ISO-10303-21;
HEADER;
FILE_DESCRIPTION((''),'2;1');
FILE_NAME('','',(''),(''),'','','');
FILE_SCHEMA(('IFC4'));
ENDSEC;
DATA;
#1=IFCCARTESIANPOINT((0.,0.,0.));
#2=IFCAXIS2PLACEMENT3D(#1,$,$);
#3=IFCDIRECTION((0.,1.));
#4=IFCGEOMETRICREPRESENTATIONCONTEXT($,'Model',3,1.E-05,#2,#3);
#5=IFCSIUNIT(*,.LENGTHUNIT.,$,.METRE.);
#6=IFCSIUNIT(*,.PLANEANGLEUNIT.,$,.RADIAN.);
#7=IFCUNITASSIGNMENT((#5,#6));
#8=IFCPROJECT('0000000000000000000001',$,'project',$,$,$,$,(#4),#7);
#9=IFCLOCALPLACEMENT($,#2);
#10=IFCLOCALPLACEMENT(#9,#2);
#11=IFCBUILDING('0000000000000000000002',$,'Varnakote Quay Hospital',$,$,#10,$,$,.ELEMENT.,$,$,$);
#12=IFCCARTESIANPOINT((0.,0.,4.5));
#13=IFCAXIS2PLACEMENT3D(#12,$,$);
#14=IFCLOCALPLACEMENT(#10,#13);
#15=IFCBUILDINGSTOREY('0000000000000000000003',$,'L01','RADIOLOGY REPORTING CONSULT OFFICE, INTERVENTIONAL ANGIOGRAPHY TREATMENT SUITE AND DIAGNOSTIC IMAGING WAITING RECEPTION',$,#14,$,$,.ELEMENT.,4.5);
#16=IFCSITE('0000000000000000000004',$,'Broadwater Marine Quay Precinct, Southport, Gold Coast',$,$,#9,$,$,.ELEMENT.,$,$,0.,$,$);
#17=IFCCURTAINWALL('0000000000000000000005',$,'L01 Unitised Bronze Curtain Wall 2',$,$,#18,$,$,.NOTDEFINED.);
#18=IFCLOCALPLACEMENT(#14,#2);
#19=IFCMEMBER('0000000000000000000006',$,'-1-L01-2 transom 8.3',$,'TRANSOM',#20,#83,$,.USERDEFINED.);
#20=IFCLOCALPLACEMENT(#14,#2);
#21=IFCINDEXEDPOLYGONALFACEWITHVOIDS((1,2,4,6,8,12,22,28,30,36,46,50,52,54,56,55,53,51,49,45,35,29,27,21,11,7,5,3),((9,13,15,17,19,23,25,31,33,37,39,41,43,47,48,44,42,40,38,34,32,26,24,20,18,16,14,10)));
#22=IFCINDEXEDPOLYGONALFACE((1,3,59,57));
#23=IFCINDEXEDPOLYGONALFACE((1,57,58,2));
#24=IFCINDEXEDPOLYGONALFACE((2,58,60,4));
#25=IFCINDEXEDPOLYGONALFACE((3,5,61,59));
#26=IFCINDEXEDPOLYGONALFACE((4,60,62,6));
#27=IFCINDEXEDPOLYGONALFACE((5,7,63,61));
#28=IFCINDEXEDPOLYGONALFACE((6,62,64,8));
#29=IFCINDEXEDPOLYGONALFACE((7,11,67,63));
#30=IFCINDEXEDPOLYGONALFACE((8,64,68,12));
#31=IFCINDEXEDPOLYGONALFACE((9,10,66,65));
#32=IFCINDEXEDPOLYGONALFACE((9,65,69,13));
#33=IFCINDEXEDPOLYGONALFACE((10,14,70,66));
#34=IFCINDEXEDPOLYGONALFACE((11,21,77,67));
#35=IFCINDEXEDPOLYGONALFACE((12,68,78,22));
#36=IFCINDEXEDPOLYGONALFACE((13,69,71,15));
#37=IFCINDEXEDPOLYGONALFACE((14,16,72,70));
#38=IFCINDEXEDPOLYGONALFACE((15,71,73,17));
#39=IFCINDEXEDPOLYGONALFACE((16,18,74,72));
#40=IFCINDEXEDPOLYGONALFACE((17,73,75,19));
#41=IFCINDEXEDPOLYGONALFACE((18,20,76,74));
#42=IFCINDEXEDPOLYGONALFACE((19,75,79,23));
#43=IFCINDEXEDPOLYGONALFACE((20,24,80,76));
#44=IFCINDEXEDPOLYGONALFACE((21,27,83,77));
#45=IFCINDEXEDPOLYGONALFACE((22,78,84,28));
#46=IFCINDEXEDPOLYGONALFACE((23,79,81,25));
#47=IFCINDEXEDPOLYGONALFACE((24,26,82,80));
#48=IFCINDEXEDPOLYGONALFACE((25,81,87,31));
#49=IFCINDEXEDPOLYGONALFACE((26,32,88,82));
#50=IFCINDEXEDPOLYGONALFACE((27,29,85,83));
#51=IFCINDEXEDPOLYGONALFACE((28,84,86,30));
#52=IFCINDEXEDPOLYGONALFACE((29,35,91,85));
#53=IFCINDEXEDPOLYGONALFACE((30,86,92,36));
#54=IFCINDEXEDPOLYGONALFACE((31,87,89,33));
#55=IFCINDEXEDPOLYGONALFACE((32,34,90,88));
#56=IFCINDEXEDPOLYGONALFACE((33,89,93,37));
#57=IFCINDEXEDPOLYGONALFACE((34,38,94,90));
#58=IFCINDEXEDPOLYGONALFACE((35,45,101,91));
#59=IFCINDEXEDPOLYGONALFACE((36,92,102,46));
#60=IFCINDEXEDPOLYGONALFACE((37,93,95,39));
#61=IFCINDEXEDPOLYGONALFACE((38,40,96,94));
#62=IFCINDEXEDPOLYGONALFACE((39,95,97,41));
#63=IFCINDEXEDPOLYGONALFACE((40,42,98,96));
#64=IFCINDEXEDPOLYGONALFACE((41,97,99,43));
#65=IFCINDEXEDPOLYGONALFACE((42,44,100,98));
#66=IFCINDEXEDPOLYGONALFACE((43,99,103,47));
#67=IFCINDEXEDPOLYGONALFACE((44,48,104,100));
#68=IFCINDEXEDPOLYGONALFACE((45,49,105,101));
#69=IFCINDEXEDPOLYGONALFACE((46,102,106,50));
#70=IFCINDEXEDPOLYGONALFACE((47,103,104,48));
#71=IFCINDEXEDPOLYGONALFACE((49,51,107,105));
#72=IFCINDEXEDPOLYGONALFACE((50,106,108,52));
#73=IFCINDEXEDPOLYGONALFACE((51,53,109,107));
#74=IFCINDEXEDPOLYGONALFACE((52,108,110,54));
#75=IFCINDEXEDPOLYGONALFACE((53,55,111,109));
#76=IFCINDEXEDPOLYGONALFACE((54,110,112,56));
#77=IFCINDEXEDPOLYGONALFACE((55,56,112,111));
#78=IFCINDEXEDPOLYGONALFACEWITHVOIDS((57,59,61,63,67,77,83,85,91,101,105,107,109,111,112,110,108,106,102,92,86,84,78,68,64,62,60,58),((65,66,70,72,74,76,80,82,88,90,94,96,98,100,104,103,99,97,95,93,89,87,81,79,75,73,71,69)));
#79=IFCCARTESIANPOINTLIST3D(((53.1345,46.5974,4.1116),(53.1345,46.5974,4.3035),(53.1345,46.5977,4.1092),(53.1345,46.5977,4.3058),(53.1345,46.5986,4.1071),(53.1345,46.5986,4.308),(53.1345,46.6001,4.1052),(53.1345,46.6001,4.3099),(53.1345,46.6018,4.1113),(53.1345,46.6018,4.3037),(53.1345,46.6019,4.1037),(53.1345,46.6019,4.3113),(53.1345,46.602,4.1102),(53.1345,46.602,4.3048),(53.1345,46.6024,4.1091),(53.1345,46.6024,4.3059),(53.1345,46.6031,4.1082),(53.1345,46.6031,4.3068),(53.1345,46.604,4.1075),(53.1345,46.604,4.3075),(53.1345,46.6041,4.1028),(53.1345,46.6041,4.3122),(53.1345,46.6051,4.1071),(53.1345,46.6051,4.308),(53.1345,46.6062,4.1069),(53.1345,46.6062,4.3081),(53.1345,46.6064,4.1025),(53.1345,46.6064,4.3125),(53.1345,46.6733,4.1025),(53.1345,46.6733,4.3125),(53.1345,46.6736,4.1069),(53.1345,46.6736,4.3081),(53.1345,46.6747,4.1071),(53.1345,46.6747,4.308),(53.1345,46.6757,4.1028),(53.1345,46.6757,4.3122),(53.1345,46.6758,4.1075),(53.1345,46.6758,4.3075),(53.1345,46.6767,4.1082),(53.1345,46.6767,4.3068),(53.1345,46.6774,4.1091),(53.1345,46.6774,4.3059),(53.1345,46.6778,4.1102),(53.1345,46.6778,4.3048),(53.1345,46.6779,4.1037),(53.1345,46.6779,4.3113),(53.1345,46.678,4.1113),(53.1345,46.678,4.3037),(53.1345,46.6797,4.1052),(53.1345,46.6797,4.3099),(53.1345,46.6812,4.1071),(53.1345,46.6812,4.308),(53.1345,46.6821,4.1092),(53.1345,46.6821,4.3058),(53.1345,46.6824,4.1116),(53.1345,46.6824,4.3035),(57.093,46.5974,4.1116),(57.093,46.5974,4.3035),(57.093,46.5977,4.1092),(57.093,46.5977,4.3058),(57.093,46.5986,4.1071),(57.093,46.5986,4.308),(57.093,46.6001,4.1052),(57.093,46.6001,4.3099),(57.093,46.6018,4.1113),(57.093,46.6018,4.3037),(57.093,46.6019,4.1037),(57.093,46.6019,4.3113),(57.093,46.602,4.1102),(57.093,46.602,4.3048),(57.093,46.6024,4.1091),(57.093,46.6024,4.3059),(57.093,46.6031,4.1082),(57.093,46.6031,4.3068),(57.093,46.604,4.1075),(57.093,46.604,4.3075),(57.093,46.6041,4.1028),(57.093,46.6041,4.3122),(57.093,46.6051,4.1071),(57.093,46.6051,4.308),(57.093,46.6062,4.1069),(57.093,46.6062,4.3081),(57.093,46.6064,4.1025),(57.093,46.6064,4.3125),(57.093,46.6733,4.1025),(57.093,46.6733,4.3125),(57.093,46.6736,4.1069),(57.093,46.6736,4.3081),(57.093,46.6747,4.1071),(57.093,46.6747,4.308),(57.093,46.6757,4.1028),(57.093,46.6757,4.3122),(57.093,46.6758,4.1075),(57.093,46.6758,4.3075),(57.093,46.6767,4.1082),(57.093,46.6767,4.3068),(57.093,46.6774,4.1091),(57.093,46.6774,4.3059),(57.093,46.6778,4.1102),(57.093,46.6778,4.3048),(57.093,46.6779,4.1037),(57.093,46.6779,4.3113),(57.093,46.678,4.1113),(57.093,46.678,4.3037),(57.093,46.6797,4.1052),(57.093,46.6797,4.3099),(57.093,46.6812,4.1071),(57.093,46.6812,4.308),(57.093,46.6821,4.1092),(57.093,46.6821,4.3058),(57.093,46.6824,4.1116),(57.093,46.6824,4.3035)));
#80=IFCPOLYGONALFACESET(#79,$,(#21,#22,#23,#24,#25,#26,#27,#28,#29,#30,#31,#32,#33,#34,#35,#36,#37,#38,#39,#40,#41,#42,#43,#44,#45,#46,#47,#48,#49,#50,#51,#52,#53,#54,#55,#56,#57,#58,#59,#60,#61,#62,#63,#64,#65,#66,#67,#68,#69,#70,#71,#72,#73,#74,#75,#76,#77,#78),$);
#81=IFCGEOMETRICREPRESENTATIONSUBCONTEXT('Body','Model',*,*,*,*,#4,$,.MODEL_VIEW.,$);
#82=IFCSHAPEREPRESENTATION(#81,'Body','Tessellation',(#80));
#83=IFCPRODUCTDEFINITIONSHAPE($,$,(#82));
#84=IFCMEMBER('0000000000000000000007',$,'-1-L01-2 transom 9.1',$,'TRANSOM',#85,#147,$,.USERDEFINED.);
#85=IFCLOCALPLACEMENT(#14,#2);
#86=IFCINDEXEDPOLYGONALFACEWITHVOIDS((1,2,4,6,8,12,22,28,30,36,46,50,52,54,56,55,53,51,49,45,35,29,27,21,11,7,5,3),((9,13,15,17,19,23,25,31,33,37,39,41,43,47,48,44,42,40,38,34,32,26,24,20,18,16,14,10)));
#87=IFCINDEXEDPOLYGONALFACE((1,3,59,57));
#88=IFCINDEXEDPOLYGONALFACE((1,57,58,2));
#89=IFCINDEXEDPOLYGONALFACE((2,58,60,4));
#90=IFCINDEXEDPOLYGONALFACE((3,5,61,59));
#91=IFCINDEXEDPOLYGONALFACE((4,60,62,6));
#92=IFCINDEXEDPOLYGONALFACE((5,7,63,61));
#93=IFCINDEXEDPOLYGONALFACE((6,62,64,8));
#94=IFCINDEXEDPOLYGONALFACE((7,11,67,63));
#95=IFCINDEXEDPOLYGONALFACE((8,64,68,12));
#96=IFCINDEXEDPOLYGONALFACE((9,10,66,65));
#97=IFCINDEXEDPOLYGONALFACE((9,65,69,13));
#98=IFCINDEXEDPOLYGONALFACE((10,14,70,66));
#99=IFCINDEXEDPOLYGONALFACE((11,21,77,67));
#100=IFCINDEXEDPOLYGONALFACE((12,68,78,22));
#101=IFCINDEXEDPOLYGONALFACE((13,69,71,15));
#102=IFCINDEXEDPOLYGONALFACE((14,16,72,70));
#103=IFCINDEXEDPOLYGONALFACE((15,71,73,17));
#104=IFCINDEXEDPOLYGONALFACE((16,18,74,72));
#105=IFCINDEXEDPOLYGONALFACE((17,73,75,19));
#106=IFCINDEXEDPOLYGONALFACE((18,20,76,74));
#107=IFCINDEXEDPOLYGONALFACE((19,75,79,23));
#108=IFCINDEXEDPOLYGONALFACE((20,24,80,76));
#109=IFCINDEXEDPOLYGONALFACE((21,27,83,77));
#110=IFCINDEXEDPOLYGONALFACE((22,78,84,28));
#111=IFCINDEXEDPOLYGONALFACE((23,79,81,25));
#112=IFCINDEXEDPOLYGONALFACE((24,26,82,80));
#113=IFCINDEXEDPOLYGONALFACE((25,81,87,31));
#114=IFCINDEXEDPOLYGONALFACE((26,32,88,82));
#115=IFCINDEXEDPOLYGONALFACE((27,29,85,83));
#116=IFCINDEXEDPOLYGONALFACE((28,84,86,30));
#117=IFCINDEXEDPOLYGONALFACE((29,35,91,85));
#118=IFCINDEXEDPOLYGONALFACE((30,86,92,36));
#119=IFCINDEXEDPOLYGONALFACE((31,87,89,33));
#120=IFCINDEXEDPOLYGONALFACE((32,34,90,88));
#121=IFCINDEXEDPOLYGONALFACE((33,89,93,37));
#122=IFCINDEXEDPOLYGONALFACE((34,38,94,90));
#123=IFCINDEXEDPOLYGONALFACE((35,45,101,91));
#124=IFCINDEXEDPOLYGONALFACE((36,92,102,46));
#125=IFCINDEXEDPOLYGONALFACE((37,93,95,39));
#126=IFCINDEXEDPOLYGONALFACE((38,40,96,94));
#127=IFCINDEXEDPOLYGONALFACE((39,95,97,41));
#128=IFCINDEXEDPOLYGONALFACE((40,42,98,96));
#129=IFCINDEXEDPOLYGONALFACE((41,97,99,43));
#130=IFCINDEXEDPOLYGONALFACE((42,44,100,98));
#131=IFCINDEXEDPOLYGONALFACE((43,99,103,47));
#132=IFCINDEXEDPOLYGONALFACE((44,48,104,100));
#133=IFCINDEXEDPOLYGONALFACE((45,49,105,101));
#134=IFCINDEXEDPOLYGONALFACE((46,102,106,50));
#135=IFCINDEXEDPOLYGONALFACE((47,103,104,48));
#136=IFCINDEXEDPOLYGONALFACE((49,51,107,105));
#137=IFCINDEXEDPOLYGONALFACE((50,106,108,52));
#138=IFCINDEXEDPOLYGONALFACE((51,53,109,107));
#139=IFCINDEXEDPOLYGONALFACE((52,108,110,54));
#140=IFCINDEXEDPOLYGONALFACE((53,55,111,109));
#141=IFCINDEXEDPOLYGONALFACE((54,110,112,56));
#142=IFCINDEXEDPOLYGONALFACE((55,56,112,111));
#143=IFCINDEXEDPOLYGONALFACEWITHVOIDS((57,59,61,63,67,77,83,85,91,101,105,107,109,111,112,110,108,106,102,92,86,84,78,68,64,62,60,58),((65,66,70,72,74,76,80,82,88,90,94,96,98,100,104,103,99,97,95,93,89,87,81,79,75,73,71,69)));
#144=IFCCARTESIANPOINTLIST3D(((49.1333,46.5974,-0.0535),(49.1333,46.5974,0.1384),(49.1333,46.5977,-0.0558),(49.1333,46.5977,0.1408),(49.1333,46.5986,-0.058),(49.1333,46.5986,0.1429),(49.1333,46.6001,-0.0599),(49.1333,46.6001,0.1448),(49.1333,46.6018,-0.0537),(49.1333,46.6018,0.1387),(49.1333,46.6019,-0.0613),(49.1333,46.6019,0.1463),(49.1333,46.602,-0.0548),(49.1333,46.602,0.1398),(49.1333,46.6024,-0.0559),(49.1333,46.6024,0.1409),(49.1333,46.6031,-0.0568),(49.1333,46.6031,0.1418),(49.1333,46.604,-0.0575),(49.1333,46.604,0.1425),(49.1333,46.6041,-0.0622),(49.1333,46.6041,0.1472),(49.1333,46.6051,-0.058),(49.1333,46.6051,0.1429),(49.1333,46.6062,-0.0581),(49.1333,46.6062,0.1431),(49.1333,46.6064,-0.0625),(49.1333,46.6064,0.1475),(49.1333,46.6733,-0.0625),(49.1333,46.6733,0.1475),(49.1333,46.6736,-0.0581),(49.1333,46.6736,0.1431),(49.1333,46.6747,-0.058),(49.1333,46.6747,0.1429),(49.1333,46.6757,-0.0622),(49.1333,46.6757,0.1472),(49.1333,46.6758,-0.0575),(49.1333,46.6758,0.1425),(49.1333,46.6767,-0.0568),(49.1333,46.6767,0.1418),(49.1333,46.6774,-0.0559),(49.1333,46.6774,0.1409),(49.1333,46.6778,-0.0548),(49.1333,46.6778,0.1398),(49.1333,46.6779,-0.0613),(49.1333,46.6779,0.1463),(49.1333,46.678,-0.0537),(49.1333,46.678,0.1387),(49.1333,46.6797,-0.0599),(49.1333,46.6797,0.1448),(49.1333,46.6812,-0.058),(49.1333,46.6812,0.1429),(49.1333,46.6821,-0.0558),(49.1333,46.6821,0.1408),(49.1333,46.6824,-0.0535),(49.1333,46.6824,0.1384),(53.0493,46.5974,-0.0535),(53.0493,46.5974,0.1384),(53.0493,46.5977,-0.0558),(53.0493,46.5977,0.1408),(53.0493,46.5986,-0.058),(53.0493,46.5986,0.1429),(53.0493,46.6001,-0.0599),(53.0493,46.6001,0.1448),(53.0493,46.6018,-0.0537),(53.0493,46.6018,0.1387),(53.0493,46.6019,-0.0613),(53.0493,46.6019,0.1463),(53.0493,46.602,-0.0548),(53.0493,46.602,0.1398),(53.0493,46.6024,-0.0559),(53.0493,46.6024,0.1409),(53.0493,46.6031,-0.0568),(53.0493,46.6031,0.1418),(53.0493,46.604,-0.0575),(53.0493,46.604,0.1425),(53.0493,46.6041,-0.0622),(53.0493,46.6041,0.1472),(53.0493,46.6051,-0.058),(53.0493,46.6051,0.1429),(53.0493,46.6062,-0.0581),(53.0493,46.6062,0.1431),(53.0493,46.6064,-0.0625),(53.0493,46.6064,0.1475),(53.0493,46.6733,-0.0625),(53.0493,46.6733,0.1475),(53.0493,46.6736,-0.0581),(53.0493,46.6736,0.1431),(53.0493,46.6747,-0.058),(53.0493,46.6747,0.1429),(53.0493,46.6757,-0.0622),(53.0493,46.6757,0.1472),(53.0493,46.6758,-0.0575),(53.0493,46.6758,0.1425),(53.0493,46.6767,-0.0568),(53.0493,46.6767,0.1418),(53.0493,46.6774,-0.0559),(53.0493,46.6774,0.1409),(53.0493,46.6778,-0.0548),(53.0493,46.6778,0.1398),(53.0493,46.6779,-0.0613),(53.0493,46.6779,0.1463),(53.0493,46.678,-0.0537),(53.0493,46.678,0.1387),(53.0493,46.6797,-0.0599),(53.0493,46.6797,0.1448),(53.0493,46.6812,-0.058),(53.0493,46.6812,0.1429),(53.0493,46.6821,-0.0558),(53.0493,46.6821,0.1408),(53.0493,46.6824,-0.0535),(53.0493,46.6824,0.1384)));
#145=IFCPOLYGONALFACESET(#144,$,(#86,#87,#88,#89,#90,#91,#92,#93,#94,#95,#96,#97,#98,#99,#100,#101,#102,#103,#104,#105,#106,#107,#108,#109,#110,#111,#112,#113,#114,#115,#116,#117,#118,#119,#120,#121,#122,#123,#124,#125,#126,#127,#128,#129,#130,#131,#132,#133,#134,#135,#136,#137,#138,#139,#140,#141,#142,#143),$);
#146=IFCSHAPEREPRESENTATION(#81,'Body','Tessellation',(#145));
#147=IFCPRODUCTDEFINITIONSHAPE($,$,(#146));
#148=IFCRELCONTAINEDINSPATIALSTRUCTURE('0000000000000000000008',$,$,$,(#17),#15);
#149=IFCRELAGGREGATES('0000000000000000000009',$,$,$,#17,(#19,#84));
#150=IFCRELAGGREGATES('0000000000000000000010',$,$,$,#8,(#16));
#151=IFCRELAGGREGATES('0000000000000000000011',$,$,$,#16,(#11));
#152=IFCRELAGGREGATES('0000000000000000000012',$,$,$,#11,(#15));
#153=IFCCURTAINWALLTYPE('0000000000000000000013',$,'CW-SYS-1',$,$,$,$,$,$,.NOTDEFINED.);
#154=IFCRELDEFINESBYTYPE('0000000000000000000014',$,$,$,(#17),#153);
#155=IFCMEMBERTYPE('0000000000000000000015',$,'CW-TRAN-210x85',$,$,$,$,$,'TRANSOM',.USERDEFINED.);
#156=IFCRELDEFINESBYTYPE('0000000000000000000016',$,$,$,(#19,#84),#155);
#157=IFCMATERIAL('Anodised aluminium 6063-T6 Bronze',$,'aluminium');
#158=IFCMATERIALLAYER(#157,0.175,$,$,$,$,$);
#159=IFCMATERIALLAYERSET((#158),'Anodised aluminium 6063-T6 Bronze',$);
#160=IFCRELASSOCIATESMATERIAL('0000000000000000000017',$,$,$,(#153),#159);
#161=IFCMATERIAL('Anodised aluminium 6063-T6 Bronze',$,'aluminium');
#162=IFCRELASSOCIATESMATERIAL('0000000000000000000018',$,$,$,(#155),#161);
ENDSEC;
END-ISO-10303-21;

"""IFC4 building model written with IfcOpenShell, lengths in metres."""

from ifc_helpers import new_model, si_unit, direction, frame, origin, origin_2d, place, context, subcontext, project, spatial, hollow_rectangle, extrude, material, layer, layer_set, material_profile, profile_set, type_object, element, aggregate, save


model = new_model("IFC4")

# Units and contexts
model_context = context("Model", 3, precision=1e-05, world=origin(), true_north=direction((0.0, 1.0)))
body_context = subcontext(model_context, "Body", "Model", "MODEL_VIEW")
ifc_project = project(units=[si_unit("LENGTHUNIT", "METRE"), si_unit("PLANEANGLEUNIT", "RADIAN")], contexts=[model_context])

# Site, building, storey
site_placement = place(None, origin())
site = spatial("IfcSite", under=ifc_project, at=site_placement, Name="Broadwater Marine Quay Precinct, Southport, Gold Coast", CompositionType="ELEMENT", RefElevation=0.0)
building_placement = place(site_placement, origin())
building = spatial("IfcBuilding", under=site, at=building_placement, Name="Varnakote Quay Hospital", CompositionType="ELEMENT")
storey_placement = place(building_placement, frame((0.0, 0.0, 4.5)))
storey = spatial("IfcBuildingStorey", under=building, at=storey_placement, Name="L01", Description="RADIOLOGY REPORTING CONSULT OFFICE, INTERVENTIONAL ANGIOGRAPHY TREATMENT SUITE AND DIAGNOSTIC IMAGING WAITING RECEPTION", CompositionType="ELEMENT", Elevation=4.5)

# Curtain wall, members
ifc_material_1 = material(Name="Anodised aluminium 6063-T6 Bronze", Category="aluminium")
ifc_layer_1 = layer(ifc_material_1, 0.175)
ifc_layer_set_1 = layer_set([ifc_layer_1], Name="Anodised aluminium 6063-T6 Bronze")
curtain_wall_type = type_object("IfcCurtainWallType", Name="CW-SYS-1", PredefinedType="NOTDEFINED", material=ifc_layer_set_1)
curtain_wall_placement = place(storey_placement, origin())
curtain_wall = element("IfcCurtainWall", 1, at=curtain_wall_placement, inside=storey, type_object=curtain_wall_type, Name="L01 Unitised Bronze Curtain Wall 2", PredefinedType="NOTDEFINED")
ifc_material_2 = material(Name="Anodised aluminium 6063-T6 Bronze", Category="aluminium")
ifc_material_profile_1 = material_profile(ifc_material_2, hollow_rectangle(XDim=0.085, YDim=0.21, WallThickness=0.0044, InnerFilletRadius=0.0044, OuterFilletRadius=0.009, at=origin_2d()), Name="CW-TRAN-210x85")
ifc_profile_set_1 = profile_set([ifc_material_profile_1], Name="Anodised aluminium 6063-T6 Bronze")
member_type_1 = type_object("IfcMemberType", Name="CW-TRAN-210x85", ElementType="TRANSOM", PredefinedType="USERDEFINED", material=ifc_profile_set_1)
member_1_placement = place(storey_placement, frame((57.093, 46.6399, 4.2075), z_axis=(-1.0, 0.0, 0.0), x_axis=(0.0, -1.0, 0.0)))
member_1 = element("IfcMember", 2, at=member_1_placement, type_object=member_type_1, Name="-1-L01-2 transom 8.3", ObjectType="TRANSOM", PredefinedType="USERDEFINED", context=body_context, shape_type="SweptSolid", body=[
    extrude(hollow_rectangle(XDim=0.085, YDim=0.21, WallThickness=0.0044, InnerFilletRadius=0.0044, OuterFilletRadius=0.009, at=origin_2d()), origin(), (0.0, 0.0, 1.0), 3.9585),
])
member_2_placement = place(storey_placement, frame((53.0493, 46.6399, 0.0425), z_axis=(-1.0, 0.0, 0.0), x_axis=(0.0, -1.0, 0.0)))
member_2 = element("IfcMember", 3, at=member_2_placement, type_object=member_type_1, Name="-1-L01-2 transom 9.1", ObjectType="TRANSOM", PredefinedType="USERDEFINED", context=body_context, shape_type="SweptSolid", body=[
    extrude(hollow_rectangle(XDim=0.085, YDim=0.21, WallThickness=0.0044, InnerFilletRadius=0.0044, OuterFilletRadius=0.009, at=origin_2d()), origin(), (0.0, 0.0, 1.0), 3.916),
])

aggregate(curtain_wall, [member_1, member_2])

save(model, "model.ifc")
